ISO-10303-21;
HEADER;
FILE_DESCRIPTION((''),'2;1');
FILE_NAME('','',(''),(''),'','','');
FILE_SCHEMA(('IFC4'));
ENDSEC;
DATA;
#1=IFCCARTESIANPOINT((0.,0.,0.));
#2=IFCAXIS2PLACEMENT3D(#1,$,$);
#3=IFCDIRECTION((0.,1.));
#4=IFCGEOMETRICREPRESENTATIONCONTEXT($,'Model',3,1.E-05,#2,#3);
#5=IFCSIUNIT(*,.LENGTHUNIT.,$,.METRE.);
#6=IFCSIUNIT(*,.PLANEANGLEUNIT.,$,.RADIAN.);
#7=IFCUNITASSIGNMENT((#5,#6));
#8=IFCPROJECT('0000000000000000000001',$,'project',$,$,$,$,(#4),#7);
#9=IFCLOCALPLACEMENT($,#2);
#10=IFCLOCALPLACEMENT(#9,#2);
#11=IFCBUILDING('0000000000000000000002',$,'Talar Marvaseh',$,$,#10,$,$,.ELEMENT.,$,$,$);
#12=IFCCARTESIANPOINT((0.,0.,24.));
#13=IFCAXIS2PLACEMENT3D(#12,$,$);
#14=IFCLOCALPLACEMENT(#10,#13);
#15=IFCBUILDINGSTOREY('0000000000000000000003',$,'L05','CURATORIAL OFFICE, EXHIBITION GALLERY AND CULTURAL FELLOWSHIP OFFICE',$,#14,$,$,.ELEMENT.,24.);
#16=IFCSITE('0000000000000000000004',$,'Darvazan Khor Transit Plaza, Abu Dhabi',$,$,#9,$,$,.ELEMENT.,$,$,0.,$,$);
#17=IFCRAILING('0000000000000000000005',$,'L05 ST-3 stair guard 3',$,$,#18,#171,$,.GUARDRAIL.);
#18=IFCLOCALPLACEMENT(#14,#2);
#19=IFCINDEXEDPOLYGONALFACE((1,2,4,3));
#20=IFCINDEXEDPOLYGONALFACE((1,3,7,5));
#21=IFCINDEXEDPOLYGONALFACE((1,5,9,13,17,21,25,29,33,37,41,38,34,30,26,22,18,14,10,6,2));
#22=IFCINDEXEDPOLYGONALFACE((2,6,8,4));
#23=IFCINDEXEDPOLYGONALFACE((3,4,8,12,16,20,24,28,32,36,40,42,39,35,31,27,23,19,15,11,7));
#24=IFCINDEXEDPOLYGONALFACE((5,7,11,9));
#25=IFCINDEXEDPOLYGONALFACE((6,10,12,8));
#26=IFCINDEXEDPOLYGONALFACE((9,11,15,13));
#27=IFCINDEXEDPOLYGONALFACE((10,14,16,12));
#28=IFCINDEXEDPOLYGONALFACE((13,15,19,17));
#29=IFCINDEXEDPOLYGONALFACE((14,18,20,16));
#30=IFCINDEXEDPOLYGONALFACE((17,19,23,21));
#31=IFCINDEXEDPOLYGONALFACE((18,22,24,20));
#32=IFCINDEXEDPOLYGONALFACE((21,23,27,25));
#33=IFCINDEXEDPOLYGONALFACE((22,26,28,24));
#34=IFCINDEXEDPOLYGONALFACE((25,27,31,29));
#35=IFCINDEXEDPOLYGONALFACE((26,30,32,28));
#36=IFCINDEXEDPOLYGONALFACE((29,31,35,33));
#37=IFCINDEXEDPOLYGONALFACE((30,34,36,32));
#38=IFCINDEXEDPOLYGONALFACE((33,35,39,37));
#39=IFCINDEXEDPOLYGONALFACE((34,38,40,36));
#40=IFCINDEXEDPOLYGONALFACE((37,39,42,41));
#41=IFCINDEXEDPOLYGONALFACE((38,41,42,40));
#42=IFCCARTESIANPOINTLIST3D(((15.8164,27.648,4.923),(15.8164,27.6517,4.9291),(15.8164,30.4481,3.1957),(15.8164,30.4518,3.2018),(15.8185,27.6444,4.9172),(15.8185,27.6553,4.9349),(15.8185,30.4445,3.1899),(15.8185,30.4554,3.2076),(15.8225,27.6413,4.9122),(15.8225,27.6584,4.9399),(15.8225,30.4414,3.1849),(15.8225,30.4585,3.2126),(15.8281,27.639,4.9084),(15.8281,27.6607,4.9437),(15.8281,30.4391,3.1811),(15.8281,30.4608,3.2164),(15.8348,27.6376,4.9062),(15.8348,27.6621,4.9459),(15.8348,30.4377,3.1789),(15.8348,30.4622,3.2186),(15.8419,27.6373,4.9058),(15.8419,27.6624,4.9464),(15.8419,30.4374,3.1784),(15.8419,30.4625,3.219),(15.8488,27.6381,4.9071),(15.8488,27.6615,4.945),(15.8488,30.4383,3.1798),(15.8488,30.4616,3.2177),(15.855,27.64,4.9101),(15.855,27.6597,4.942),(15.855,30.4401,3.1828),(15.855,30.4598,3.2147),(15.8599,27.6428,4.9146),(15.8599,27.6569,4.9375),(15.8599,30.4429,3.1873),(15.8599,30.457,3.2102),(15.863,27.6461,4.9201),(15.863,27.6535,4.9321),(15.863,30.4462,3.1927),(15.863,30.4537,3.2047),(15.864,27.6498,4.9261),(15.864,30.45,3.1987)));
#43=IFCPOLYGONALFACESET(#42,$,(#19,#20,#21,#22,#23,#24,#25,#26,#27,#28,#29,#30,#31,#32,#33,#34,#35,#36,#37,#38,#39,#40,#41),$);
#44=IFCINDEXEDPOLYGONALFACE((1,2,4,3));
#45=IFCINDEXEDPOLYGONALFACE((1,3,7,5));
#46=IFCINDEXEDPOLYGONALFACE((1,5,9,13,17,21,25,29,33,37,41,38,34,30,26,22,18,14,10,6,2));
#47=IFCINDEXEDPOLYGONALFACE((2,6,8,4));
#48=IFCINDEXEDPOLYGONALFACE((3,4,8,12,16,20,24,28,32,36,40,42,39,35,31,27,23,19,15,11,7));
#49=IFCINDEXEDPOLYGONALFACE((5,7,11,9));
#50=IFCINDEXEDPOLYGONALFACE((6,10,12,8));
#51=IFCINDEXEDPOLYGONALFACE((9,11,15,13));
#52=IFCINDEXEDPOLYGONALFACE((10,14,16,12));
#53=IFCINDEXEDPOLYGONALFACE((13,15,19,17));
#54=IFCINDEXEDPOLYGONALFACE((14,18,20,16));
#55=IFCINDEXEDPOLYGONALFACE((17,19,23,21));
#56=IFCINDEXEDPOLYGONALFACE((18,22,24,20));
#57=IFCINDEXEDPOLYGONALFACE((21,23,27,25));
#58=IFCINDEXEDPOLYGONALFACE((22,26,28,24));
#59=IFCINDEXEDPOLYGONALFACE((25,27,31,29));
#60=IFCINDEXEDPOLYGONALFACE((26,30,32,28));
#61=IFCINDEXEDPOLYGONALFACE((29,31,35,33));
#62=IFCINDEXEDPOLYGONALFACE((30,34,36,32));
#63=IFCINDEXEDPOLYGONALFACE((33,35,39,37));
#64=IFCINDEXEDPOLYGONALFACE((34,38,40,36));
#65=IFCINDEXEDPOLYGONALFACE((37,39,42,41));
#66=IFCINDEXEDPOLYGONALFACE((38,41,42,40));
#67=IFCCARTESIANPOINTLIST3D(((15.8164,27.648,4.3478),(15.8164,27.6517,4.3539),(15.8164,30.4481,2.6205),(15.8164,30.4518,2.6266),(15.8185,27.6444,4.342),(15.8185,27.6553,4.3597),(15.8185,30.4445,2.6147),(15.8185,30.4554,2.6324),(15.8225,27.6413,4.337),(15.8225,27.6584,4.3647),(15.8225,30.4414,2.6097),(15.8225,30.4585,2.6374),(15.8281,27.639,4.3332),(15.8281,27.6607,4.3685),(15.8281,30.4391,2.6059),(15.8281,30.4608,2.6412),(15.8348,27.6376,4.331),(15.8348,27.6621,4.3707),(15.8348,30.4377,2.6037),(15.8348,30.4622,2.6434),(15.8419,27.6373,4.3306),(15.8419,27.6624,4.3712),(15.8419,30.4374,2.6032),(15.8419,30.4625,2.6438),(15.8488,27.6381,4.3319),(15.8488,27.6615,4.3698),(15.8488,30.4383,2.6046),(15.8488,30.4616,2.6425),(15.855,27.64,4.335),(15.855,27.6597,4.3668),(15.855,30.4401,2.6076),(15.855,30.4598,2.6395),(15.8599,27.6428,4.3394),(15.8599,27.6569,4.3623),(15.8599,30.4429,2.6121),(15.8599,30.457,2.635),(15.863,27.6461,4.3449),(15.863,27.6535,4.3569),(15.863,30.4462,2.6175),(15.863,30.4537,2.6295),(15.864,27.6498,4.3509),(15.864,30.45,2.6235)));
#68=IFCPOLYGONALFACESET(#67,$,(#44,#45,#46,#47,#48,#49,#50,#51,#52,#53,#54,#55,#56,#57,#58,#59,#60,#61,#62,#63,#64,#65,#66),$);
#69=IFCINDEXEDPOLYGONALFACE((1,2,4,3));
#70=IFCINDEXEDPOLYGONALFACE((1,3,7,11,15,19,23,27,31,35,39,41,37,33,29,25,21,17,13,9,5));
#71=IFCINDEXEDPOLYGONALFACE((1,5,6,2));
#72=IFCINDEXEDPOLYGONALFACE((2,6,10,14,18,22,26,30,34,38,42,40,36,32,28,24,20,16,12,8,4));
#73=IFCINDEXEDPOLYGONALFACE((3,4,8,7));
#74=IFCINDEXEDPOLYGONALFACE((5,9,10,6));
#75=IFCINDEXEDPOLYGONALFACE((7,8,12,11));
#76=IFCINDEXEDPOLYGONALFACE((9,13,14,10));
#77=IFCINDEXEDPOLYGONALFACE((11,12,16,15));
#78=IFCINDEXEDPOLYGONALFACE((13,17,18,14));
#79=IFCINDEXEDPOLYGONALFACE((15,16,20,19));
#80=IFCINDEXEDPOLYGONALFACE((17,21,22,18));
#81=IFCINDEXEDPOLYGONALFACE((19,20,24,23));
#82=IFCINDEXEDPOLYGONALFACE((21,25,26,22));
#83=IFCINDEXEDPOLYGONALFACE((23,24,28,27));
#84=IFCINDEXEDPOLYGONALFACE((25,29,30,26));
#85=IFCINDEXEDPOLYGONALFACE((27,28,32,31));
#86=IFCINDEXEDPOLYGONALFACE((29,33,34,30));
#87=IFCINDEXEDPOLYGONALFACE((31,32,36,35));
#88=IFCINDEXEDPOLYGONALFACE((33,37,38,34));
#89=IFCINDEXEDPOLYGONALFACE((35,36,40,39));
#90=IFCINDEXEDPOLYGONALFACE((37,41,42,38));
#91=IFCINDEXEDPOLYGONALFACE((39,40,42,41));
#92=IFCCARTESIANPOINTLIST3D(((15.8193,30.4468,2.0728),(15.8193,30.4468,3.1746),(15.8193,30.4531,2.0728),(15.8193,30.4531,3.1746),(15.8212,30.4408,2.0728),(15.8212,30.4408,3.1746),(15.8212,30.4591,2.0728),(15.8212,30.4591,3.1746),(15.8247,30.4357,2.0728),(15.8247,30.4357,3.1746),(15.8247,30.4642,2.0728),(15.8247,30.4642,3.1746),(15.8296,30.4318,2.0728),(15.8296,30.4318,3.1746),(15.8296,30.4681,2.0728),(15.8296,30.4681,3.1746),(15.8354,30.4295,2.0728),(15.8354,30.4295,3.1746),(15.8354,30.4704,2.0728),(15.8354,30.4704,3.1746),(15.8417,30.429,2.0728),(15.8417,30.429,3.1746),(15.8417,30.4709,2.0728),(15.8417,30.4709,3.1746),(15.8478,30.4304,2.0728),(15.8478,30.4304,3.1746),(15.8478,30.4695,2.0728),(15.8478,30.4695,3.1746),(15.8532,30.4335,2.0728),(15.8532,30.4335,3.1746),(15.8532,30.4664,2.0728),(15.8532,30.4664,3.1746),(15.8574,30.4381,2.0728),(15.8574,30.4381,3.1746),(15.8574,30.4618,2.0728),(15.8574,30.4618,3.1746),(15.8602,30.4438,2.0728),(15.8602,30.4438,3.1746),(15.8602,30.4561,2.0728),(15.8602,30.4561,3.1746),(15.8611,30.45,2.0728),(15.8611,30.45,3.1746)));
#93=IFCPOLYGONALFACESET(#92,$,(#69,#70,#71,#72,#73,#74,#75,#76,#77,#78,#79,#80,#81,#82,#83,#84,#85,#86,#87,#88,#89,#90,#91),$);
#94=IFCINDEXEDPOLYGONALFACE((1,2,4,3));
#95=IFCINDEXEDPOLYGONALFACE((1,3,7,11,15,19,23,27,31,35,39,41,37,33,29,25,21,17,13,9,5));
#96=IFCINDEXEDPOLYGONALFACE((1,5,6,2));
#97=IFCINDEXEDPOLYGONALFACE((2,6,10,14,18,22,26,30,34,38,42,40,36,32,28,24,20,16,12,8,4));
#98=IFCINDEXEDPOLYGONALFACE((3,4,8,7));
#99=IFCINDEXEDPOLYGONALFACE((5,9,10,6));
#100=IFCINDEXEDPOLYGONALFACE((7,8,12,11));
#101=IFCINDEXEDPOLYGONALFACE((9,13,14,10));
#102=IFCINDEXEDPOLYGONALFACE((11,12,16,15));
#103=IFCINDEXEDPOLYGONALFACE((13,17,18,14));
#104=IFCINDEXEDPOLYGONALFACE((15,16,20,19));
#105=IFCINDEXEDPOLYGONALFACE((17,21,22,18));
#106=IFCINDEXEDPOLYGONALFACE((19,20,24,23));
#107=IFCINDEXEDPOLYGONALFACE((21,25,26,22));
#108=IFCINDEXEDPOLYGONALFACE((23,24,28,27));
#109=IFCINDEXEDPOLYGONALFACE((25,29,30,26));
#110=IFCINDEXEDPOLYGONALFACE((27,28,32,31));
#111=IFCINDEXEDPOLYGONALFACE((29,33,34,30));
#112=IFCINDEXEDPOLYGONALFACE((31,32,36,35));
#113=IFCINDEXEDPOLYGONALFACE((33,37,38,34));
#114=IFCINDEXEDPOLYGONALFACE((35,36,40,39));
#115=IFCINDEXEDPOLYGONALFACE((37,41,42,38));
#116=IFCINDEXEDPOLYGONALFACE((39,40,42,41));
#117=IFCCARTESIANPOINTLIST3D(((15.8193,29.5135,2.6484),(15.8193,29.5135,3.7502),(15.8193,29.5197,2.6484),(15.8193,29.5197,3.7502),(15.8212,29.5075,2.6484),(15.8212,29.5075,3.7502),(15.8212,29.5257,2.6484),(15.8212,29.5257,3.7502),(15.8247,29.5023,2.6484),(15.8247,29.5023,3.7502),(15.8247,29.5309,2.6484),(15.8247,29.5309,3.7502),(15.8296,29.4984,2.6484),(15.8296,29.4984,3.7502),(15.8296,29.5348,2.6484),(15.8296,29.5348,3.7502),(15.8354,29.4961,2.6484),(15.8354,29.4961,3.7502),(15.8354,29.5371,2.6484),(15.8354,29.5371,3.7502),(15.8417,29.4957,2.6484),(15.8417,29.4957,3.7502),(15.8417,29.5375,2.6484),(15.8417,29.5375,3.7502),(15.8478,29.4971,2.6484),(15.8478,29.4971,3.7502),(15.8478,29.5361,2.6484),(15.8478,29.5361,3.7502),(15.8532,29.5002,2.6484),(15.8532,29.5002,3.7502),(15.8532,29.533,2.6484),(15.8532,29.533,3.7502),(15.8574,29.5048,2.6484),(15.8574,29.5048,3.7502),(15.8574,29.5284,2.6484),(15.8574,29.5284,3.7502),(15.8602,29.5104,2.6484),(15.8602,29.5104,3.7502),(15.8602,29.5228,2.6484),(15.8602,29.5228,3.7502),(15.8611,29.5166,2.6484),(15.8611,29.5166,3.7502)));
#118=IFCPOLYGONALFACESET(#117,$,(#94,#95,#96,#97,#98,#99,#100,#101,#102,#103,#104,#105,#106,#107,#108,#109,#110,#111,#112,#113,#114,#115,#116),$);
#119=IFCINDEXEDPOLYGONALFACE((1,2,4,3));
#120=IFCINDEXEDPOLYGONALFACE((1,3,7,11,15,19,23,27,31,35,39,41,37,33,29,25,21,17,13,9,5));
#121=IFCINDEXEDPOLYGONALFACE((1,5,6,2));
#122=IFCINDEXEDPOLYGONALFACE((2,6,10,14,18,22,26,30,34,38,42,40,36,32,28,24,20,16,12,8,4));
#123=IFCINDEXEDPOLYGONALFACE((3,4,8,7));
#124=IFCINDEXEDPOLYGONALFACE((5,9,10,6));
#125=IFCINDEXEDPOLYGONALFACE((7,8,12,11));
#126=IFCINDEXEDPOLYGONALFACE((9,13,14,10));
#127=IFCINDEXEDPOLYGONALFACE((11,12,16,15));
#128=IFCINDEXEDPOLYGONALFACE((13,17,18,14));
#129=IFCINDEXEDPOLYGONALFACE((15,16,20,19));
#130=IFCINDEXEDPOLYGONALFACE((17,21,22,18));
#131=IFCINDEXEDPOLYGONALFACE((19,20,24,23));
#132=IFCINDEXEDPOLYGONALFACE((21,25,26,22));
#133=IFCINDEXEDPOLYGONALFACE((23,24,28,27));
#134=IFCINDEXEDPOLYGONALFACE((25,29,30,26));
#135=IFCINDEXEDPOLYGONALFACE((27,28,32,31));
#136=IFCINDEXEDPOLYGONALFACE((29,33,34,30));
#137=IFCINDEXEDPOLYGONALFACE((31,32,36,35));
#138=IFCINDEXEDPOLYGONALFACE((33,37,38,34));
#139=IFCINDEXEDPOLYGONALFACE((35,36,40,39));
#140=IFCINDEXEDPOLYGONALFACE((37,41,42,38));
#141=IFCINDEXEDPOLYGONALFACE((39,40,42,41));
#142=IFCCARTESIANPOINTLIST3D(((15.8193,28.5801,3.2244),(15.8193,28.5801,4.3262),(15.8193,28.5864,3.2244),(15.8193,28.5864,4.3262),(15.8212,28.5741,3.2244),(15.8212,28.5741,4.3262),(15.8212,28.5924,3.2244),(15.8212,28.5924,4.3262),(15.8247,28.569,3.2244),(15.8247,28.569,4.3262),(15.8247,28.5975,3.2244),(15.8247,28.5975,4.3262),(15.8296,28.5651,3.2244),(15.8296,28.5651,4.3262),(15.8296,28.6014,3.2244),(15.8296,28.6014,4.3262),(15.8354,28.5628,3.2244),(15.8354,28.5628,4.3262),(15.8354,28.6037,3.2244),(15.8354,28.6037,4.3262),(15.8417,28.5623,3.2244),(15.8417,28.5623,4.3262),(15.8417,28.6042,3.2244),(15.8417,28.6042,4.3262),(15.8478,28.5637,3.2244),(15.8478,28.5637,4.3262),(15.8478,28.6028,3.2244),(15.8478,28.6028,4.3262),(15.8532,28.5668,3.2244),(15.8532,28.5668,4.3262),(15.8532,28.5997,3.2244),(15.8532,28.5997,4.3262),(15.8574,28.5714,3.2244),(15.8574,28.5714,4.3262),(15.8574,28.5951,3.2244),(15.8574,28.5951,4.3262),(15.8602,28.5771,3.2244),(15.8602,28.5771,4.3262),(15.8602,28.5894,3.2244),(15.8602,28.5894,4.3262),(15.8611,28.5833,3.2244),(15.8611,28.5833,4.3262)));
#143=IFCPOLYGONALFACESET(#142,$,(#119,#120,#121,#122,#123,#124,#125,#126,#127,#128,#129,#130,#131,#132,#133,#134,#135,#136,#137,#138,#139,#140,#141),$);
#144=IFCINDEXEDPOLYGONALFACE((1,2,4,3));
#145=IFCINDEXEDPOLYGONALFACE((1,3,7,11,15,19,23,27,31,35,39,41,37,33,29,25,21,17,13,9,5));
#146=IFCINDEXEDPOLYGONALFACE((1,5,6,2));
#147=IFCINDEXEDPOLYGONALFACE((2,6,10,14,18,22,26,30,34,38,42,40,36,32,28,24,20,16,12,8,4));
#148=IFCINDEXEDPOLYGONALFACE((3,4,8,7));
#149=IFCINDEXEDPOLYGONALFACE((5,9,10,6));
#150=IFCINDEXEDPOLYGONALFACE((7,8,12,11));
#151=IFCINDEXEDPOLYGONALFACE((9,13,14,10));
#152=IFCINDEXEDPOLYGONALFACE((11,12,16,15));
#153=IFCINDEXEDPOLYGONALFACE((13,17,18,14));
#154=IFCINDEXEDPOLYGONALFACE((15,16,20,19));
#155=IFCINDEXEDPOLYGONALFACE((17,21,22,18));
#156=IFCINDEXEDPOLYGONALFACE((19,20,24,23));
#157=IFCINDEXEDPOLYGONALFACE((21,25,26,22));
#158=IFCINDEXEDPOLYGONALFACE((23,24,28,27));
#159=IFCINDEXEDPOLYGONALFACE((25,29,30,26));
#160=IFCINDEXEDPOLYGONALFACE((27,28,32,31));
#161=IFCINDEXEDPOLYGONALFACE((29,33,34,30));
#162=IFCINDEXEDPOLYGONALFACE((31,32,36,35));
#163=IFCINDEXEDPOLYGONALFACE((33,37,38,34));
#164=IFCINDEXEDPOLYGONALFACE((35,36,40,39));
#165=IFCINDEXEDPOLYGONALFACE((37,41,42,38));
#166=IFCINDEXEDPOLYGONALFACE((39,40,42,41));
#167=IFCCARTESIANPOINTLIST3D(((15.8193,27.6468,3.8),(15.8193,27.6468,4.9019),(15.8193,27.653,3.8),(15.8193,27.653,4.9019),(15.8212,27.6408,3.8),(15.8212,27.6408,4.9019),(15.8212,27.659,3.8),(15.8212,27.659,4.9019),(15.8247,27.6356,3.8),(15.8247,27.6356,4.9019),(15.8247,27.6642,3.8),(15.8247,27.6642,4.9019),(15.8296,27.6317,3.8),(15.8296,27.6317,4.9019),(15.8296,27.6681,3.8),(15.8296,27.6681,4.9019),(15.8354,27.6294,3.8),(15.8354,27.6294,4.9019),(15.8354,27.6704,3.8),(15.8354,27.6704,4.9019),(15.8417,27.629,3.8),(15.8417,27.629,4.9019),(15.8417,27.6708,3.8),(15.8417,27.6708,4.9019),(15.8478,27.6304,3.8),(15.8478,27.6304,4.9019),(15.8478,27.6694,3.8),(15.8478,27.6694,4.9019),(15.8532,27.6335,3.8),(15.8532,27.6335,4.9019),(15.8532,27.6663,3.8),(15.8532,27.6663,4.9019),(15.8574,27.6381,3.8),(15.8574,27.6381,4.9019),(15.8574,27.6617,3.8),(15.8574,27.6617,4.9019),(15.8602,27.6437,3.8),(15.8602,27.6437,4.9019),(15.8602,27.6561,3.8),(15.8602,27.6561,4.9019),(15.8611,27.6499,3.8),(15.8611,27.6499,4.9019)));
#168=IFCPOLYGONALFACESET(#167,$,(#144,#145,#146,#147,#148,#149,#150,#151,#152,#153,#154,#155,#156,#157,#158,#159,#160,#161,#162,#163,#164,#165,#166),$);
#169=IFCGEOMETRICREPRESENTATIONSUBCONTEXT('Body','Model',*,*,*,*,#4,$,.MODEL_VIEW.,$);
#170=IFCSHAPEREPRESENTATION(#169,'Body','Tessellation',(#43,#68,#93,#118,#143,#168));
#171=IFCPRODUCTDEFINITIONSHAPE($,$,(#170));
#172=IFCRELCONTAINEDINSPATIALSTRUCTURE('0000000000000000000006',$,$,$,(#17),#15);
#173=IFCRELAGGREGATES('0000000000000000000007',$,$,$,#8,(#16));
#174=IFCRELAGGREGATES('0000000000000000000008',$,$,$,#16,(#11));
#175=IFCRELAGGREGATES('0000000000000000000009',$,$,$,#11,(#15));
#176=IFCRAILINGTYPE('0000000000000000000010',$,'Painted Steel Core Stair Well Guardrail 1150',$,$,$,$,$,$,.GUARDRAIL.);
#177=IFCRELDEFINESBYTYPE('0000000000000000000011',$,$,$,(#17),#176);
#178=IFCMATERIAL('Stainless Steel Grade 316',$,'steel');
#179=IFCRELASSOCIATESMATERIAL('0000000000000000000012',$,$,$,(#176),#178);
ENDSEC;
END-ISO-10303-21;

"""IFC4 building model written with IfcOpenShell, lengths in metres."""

from ifc_helpers import new_model, si_unit, direction, frame, origin, origin_2d, place, context, subcontext, project, spatial, circle, extrude, material, type_object, element, save


model = new_model("IFC4")

# Units and contexts
model_context = context("Model", 3, precision=1e-05, world=origin(), true_north=direction((0.0, 1.0)))
body_context = subcontext(model_context, "Body", "Model", "MODEL_VIEW")
ifc_project = project(units=[si_unit("LENGTHUNIT", "METRE"), si_unit("PLANEANGLEUNIT", "RADIAN")], contexts=[model_context])

# Site, building, storey
site_placement = place(None, origin())
site = spatial("IfcSite", under=ifc_project, at=site_placement, Name="Darvazan Khor Transit Plaza, Abu Dhabi", CompositionType="ELEMENT", RefElevation=0.0)
building_placement = place(site_placement, origin())
building = spatial("IfcBuilding", under=site, at=building_placement, Name="Talar Marvaseh", CompositionType="ELEMENT")
storey_placement = place(building_placement, frame((0.0, 0.0, 24.0)))
storey = spatial("IfcBuildingStorey", under=building, at=storey_placement, Name="L05", Description="CURATORIAL OFFICE, EXHIBITION GALLERY AND CULTURAL FELLOWSHIP OFFICE", CompositionType="ELEMENT", Elevation=24.0)

# Railing
ifc_material_1 = material(Name="Stainless Steel Grade 316", Category="steel")
railing_type_1 = type_object("IfcRailingType", Name="Painted Steel Core Stair Well Guardrail 1150", PredefinedType="GUARDRAIL", material=ifc_material_1)
railing_1_placement = place(storey_placement, frame((15.8401, 30.45, 2.0728)))
element("IfcRailing", 1, at=railing_1_placement, inside=storey, type_object=railing_type_1, Name="L05 ST-3 stair guard 3", PredefinedType="GUARDRAIL", context=body_context, shape_type="SweptSolid", body=[
    extrude(circle(Radius=0.0239, at=origin_2d()), frame((0.0, 0.0, 1.126), z_axis=(0.0, -0.85109, 0.52502), x_axis=(1.0, 0.0, 0.0)), (0.0, 0.0, 1.0), 3.29),
    extrude(circle(Radius=0.0239, at=origin_2d()), frame((0.0, 0.0, 0.5508), z_axis=(0.0, -0.85109, 0.52502), x_axis=(1.0, 0.0, 0.0)), (0.0, 0.0, 1.0), 3.29),
    extrude(circle(Radius=0.021, at=origin_2d()), origin(), (0.0, 0.0, 1.0), 1.1018),
    extrude(circle(Radius=0.021, at=origin_2d()), frame((0.0, -0.9333, 0.5757)), (0.0, 0.0, 1.0), 1.1018),
    extrude(circle(Radius=0.021, at=origin_2d()), frame((0.0, -1.8667, 1.1516)), (0.0, 0.0, 1.0), 1.1018),
    extrude(circle(Radius=0.021, at=origin_2d()), frame((0.0, -2.8, 1.7273)), (0.0, 0.0, 1.0), 1.1018),
])

save(model, "model.ifc")
